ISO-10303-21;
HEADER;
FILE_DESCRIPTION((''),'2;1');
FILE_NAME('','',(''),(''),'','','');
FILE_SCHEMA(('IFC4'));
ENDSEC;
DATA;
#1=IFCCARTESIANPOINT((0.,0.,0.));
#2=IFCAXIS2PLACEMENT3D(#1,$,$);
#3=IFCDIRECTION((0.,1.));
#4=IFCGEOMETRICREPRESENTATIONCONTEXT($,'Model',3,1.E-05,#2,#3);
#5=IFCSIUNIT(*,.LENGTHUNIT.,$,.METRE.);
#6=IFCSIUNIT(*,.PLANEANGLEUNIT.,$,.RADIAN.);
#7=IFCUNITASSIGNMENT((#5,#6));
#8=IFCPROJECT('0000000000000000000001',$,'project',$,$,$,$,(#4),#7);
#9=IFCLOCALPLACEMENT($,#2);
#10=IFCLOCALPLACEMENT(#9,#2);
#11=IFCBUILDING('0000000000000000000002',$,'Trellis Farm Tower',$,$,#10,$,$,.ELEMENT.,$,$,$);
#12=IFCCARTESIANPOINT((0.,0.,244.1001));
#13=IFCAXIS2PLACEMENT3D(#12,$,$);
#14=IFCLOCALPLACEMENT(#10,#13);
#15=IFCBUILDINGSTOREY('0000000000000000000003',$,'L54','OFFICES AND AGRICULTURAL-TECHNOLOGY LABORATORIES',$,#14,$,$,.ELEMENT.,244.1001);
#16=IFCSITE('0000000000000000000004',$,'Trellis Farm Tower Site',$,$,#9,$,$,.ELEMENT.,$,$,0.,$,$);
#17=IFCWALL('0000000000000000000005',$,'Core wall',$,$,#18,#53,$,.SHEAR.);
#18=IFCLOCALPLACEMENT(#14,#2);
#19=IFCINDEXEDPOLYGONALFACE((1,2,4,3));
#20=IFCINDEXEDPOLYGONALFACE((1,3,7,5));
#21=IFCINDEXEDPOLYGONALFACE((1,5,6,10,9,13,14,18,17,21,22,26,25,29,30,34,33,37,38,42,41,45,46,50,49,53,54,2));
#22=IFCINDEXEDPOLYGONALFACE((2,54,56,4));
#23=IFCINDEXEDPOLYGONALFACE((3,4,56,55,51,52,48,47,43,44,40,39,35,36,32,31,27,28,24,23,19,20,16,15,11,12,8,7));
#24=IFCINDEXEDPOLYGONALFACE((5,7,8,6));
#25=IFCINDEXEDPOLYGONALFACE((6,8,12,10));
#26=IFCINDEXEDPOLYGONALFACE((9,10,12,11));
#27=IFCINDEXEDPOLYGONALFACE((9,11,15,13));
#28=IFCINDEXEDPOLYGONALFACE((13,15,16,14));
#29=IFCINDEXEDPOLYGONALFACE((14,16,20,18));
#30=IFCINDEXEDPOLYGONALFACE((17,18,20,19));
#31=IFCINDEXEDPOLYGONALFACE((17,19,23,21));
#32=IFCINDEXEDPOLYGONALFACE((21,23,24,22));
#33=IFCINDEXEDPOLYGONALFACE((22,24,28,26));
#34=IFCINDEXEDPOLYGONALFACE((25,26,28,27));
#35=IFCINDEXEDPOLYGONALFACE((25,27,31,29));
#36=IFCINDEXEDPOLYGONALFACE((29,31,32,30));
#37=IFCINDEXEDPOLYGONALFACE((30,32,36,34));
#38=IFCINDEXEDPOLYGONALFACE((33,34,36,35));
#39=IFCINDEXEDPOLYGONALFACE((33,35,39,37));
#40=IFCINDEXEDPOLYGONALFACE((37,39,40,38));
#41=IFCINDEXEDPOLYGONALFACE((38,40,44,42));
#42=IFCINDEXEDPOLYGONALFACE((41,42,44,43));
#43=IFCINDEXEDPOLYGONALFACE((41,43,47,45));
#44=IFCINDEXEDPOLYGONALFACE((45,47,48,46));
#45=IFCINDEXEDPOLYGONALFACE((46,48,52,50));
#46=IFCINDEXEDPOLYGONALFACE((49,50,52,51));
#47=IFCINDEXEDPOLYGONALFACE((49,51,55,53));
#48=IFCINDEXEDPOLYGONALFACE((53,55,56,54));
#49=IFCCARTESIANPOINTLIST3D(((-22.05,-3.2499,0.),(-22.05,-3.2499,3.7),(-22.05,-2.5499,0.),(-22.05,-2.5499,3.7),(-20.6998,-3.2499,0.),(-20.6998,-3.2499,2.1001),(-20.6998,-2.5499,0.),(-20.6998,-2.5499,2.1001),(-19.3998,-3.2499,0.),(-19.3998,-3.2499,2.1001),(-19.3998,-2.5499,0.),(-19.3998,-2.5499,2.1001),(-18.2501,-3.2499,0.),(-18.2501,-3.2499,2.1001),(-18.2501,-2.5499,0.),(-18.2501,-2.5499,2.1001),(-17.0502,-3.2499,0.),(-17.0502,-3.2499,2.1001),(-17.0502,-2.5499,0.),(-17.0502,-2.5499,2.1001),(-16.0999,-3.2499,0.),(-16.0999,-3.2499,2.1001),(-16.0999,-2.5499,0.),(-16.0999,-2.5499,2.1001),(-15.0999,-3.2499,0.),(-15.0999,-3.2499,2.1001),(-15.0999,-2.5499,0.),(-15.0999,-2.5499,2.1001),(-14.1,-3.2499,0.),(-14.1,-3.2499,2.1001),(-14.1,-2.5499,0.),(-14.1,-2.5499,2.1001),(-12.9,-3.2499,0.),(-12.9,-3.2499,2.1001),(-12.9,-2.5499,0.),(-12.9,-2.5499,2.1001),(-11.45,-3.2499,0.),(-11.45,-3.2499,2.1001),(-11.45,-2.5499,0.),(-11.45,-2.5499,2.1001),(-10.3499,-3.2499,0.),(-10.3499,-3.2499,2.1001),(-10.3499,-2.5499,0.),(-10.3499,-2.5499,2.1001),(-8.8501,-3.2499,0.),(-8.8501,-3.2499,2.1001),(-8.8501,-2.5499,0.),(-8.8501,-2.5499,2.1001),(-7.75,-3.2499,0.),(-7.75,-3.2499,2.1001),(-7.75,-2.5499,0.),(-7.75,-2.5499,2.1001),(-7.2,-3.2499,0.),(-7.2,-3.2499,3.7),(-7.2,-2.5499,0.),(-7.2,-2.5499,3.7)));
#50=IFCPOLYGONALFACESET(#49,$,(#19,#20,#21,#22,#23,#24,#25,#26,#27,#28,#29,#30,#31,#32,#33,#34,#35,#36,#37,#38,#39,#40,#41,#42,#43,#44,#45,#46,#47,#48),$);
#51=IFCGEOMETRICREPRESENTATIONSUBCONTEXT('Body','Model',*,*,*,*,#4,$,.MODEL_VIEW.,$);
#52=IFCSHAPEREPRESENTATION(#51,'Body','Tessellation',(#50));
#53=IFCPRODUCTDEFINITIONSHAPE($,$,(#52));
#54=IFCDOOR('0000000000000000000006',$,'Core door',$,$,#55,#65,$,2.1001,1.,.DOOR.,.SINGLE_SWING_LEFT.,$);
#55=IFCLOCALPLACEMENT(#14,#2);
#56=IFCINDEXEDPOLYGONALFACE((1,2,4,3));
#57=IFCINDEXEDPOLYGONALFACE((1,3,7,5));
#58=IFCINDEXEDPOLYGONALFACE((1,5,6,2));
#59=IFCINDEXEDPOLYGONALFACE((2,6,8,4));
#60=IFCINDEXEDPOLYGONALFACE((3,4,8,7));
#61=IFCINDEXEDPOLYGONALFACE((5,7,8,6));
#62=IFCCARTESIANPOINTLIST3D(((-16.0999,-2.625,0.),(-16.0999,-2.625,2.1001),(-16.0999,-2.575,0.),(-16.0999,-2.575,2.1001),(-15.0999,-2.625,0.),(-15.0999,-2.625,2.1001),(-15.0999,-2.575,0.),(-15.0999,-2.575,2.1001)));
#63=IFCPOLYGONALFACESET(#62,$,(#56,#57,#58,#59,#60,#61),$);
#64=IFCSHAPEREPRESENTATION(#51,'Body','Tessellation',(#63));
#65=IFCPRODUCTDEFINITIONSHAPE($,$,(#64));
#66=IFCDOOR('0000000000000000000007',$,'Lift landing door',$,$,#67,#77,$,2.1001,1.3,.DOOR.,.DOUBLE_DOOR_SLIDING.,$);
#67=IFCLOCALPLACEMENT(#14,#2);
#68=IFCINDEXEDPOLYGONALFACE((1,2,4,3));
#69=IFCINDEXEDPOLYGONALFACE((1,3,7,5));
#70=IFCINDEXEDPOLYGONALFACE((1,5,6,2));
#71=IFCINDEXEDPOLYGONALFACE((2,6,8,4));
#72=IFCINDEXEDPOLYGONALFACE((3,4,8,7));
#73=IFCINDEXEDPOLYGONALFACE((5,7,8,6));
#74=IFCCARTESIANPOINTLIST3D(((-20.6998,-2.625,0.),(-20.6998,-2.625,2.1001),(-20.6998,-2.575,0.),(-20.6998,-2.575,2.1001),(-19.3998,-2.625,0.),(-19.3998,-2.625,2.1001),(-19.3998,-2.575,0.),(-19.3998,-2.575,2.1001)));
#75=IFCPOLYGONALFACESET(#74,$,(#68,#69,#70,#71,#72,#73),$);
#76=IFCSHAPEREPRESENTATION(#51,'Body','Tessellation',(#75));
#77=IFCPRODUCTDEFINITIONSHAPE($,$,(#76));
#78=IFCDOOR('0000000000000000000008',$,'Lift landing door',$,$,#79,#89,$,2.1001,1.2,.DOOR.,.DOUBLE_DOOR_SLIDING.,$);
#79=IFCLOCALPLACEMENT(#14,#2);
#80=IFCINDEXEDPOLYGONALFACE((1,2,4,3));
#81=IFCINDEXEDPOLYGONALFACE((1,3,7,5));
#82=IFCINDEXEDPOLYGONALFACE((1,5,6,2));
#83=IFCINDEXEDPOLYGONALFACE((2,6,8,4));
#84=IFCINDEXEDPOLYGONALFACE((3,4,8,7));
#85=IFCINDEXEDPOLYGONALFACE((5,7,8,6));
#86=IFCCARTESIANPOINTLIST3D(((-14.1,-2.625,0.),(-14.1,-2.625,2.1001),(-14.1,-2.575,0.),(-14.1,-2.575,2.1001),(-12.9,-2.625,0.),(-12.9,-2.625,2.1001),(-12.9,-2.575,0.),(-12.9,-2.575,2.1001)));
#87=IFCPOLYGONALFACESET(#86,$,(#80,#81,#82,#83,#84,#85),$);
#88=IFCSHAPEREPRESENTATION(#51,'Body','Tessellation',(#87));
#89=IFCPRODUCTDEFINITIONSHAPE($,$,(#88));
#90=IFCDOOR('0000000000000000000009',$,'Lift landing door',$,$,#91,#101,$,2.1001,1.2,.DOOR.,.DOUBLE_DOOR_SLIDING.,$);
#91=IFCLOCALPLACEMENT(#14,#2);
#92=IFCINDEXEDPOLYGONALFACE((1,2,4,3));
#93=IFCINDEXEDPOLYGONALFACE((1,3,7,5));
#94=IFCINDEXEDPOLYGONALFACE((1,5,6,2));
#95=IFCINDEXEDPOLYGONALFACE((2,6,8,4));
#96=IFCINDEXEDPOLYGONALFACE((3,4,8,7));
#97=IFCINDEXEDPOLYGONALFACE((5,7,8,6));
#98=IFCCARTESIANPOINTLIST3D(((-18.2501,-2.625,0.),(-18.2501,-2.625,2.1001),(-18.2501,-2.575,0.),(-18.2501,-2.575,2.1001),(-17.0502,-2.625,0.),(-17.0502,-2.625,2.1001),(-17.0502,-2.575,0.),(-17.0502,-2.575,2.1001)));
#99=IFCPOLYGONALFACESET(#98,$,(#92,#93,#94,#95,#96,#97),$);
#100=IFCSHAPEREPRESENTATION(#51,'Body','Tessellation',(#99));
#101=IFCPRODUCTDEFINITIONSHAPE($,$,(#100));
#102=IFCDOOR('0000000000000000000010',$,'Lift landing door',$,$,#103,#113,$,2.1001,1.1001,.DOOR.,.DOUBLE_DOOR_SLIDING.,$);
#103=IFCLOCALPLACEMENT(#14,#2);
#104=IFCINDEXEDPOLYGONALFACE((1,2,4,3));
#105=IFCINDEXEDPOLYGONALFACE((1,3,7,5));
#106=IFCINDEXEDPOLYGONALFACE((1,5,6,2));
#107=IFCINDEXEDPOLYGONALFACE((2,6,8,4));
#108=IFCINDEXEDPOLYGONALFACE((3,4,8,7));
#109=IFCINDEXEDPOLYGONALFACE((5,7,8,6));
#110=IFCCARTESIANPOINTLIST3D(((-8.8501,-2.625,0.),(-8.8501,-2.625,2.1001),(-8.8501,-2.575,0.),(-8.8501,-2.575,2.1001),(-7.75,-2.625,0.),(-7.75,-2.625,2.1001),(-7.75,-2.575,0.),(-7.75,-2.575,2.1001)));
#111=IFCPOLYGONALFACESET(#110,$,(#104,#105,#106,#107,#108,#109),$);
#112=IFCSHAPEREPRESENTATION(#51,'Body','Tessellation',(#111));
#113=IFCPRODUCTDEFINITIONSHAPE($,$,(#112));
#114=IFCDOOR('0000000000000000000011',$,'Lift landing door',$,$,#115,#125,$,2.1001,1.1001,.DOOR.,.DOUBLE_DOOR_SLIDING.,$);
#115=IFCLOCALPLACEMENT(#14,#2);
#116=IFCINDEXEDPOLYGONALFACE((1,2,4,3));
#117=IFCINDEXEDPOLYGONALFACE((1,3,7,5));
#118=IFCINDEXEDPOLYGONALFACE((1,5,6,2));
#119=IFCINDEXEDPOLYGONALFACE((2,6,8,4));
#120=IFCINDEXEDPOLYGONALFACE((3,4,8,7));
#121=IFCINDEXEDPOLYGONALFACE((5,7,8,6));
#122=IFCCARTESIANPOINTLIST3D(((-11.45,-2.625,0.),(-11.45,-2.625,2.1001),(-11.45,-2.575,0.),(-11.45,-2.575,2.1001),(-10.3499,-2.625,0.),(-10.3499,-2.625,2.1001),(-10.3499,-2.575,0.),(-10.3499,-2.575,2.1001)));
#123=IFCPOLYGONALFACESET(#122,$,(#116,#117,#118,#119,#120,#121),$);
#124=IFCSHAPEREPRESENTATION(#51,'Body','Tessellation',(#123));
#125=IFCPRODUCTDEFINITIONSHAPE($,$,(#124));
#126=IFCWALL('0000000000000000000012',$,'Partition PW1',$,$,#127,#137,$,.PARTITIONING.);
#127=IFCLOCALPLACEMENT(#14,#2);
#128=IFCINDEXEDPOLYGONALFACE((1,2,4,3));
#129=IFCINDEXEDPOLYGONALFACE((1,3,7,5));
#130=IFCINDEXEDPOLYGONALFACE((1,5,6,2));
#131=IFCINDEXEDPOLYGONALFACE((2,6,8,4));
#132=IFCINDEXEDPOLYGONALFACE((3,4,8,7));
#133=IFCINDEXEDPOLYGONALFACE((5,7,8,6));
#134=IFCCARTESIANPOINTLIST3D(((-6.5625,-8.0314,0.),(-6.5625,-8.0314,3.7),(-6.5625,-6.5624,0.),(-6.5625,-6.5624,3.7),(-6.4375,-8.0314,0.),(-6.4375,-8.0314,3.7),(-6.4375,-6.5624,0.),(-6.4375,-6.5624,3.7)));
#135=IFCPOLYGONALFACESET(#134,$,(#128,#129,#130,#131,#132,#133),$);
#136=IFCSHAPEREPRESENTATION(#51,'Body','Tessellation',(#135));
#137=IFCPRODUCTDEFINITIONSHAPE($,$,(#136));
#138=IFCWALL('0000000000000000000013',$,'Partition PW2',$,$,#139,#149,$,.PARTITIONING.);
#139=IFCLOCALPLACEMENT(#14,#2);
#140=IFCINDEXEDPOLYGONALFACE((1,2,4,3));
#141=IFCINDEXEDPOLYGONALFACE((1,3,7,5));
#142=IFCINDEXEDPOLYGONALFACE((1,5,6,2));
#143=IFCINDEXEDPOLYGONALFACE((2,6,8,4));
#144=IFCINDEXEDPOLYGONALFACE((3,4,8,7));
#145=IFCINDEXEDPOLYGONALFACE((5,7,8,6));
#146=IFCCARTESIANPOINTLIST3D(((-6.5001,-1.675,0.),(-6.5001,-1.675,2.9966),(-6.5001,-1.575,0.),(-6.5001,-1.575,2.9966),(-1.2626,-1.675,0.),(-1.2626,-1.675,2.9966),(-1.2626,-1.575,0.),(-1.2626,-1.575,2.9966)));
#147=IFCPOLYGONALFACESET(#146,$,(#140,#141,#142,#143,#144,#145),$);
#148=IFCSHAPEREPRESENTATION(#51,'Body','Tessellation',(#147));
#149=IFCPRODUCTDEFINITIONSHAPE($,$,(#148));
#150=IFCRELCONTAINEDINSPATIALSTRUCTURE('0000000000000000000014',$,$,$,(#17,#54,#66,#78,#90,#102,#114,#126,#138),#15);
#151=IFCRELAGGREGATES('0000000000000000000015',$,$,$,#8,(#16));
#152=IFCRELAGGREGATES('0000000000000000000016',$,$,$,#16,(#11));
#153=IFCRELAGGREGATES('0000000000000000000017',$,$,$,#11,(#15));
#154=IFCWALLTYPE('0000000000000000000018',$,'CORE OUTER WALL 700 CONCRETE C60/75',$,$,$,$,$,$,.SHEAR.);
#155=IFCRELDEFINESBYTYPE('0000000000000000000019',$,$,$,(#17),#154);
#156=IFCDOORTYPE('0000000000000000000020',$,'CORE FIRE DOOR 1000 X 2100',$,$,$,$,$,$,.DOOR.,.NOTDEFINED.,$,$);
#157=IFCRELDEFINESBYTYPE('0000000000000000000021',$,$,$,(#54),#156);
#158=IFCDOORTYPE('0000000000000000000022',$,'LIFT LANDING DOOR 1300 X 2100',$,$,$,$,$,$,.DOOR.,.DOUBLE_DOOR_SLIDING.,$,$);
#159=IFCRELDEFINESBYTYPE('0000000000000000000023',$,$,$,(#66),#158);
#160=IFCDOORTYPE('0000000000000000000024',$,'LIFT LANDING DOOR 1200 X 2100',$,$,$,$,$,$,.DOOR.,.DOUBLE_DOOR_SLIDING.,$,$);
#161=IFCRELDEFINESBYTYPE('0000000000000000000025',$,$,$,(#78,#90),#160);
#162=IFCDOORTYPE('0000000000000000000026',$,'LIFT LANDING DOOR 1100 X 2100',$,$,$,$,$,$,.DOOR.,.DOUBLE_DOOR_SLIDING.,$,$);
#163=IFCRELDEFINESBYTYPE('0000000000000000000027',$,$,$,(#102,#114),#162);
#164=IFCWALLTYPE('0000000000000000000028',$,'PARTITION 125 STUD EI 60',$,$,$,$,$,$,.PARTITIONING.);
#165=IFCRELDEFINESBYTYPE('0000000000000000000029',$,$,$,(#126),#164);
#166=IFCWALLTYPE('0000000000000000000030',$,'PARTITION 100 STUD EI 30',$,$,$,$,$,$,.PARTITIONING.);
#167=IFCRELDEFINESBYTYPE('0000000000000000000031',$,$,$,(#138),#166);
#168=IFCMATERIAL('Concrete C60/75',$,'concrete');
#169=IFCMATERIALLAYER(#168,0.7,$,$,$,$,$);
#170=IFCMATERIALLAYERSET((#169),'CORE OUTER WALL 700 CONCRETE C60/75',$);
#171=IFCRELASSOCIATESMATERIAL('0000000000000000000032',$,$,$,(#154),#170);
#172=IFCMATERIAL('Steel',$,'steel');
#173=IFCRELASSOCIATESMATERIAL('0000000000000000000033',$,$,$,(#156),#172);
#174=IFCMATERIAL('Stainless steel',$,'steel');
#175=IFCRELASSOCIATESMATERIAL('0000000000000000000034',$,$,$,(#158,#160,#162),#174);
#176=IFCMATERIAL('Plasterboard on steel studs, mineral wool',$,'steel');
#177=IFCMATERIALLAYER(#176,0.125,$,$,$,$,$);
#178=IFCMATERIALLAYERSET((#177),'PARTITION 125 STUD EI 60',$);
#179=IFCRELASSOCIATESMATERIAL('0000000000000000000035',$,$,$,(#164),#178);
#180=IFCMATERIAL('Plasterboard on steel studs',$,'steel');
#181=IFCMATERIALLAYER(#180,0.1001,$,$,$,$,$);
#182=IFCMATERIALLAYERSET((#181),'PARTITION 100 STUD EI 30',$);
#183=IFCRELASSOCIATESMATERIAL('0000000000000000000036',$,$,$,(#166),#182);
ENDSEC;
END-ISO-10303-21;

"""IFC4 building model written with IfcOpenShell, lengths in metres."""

from ifc_helpers import new_model, si_unit, direction, frame, frame_2d, origin, place, context, subcontext, project, spatial, rectangle, extrude, source, transform, mapped, material, layer, layer_set, type_object, element, fill, save


model = new_model("IFC4")

# Units and contexts
model_context = context("Model", 3, precision=1e-05, world=origin(), true_north=direction((0.0, 1.0)))
body_context = subcontext(model_context, "Body", "Model", "MODEL_VIEW")
ifc_project = project(units=[si_unit("LENGTHUNIT", "METRE"), si_unit("PLANEANGLEUNIT", "RADIAN")], contexts=[model_context])

# Site, building, storey
site_placement = place(None, origin())
site = spatial("IfcSite", under=ifc_project, at=site_placement, Name="Trellis Farm Tower Site", CompositionType="ELEMENT", RefElevation=0.0)
building_placement = place(site_placement, origin())
building = spatial("IfcBuilding", under=site, at=building_placement, Name="Trellis Farm Tower", CompositionType="ELEMENT")
storey_placement = place(building_placement, frame((0.0, 0.0, 244.1001)))
storey = spatial("IfcBuildingStorey", under=building, at=storey_placement, Name="L54", Description="OFFICES AND AGRICULTURAL-TECHNOLOGY LABORATORIES", CompositionType="ELEMENT", Elevation=244.1001)

# Shared definitions
ifc_material_1 = material(Name="Concrete C60/75", Category="concrete")

# Wall, openings, doors
ifc_layer_1 = layer(ifc_material_1, 0.7)
ifc_layer_set_1 = layer_set([ifc_layer_1], Name="CORE OUTER WALL 700 CONCRETE C60/75")
wall_type_1 = type_object("IfcWallType", Name="CORE OUTER WALL 700 CONCRETE C60/75", PredefinedType="SHEAR", material=ifc_layer_set_1)
shared_shape_1 = source(origin(), body_context, "Body", "SweptSolid", [
    extrude(rectangle(XDim=14.8501, YDim=0.7, at=frame_2d((7.425, 0.0))), origin(), (0.0, 0.0, 1.0), 3.7),
])
wall_1_placement = place(storey_placement, frame((-7.2, -2.8999, 0.0), z_axis=(0.0, 0.0, 1.0), x_axis=(-1.0, 0.0, 0.0)))
wall_1 = element("IfcWall", 1, at=wall_1_placement, inside=storey, type_object=wall_type_1, Name="Core wall", PredefinedType="SHEAR", context=body_context, shape_type="MappedRepresentation", body=[
    mapped(shared_shape_1, transform((0.0, 0.0, 0.0))),
])
shared_shape_2 = source(origin(), body_context, "Body", "SweptSolid", [
    extrude(rectangle(XDim=1.1001, YDim=2.1001, at=frame_2d((0.55, 1.05))), frame((0.0, 0.3601, 0.0), z_axis=(0.0, -1.0, 0.0), x_axis=(1.0, 0.0, 0.0)), (0.0, 0.0, 1.0), 0.7202),
])
opening_1_placement = place(wall_1_placement, frame((0.55, 0.0, 0.0)))
opening_1 = element("IfcOpeningElement", 2, at=opening_1_placement, cuts=wall_1, PredefinedType="OPENING", context=body_context, shape_type="MappedRepresentation", body=[
    mapped(shared_shape_2, transform((0.0, 0.0, 0.0))),
])
opening_2_placement = place(wall_1_placement, frame((3.1499, 0.0, 0.0)))
opening_2 = element("IfcOpeningElement", 3, at=opening_2_placement, cuts=wall_1, PredefinedType="OPENING", context=body_context, shape_type="MappedRepresentation", body=[
    mapped(shared_shape_2, transform((0.0, 0.0, 0.0))),
])
shared_shape_3 = source(origin(), body_context, "Body", "SweptSolid", [
    extrude(rectangle(XDim=1.2, YDim=2.1001, at=frame_2d((0.6001, 1.05))), frame((0.0, 0.3601, 0.0), z_axis=(0.0, -1.0, 0.0), x_axis=(1.0, 0.0, 0.0)), (0.0, 0.0, 1.0), 0.7202),
])
opening_3_placement = place(wall_1_placement, frame((5.7, 0.0, 0.0)))
opening_3 = element("IfcOpeningElement", 4, at=opening_3_placement, cuts=wall_1, PredefinedType="OPENING", context=body_context, shape_type="MappedRepresentation", body=[
    mapped(shared_shape_3, transform((0.0, 0.0, 0.0))),
])
shared_shape_4 = source(origin(), body_context, "Body", "SweptSolid", [
    extrude(rectangle(XDim=1.3, YDim=2.1001, at=frame_2d((0.6499, 1.05))), frame((0.0, 0.3601, 0.0), z_axis=(0.0, -1.0, 0.0), x_axis=(1.0, 0.0, 0.0)), (0.0, 0.0, 1.0), 0.7202),
])
opening_4_placement = place(wall_1_placement, frame((12.2, 0.0, 0.0)))
opening_4 = element("IfcOpeningElement", 5, at=opening_4_placement, cuts=wall_1, PredefinedType="OPENING", context=body_context, shape_type="MappedRepresentation", body=[
    mapped(shared_shape_4, transform((0.0, 0.0, 0.0))),
])
opening_5_placement = place(wall_1_placement, frame((9.8501, 0.0, 0.0)))
opening_5 = element("IfcOpeningElement", 6, at=opening_5_placement, cuts=wall_1, PredefinedType="OPENING", context=body_context, shape_type="MappedRepresentation", body=[
    mapped(shared_shape_3, transform((0.0, 0.0, 0.0))),
])
shared_shape_5 = source(origin(), body_context, "Body", "SweptSolid", [
    extrude(rectangle(XDim=1.0, YDim=2.1001, at=frame_2d((0.5, 1.05))), frame((0.0, 0.3601, 0.0), z_axis=(0.0, -1.0, 0.0), x_axis=(1.0, 0.0, 0.0)), (0.0, 0.0, 1.0), 0.7202),
])
opening_6_placement = place(wall_1_placement, frame((7.8999, 0.0, 0.0)))
opening_6 = element("IfcOpeningElement", 7, at=opening_6_placement, cuts=wall_1, PredefinedType="OPENING", context=body_context, shape_type="MappedRepresentation", body=[
    mapped(shared_shape_5, transform((0.0, 0.0, 0.0))),
])
ifc_material_2 = material(Name="Steel", Category="steel")
door_type_1 = type_object("IfcDoorType", Name="CORE FIRE DOOR 1000 X 2100", OperationType="NOTDEFINED", PredefinedType="DOOR", material=ifc_material_2)
shared_shape_6 = source(origin(), body_context, "Body", "SweptSolid", [
    extrude(rectangle(XDim=1.0, YDim=2.1001, at=frame_2d((0.5, 1.05))), frame((0.0, -0.2749, 0.0), z_axis=(0.0, -1.0, 0.0), x_axis=(1.0, 0.0, 0.0)), (0.0, 0.0, 1.0), 0.05),
])
door_1_placement = place(opening_6_placement, origin())
door_1 = element("IfcDoor", 8, at=door_1_placement, inside=storey, type_object=door_type_1, Name="Core door", OperationType="SINGLE_SWING_LEFT", OverallHeight=2.1001, OverallWidth=1.0, PredefinedType="DOOR", context=body_context, shape_type="MappedRepresentation", body=[
    mapped(shared_shape_6, transform((0.0, 0.0, 0.0))),
])
fill(opening_6, door_1)
ifc_material_3 = material(Name="Stainless steel", Category="steel")
door_type_2 = type_object("IfcDoorType", Name="LIFT LANDING DOOR 1300 X 2100", OperationType="DOUBLE_DOOR_SLIDING", PredefinedType="DOOR", material=ifc_material_3)
shared_shape_7 = source(origin(), body_context, "Body", "SweptSolid", [
    extrude(rectangle(XDim=1.3, YDim=2.1001, at=frame_2d((0.6499, 1.05))), frame((0.0, -0.2749, 0.0), z_axis=(0.0, -1.0, 0.0), x_axis=(1.0, 0.0, 0.0)), (0.0, 0.0, 1.0), 0.05),
])
door_2_placement = place(opening_4_placement, origin())
door_2 = element("IfcDoor", 9, at=door_2_placement, inside=storey, type_object=door_type_2, Name="Lift landing door", OperationType="DOUBLE_DOOR_SLIDING", OverallHeight=2.1001, OverallWidth=1.3, PredefinedType="DOOR", context=body_context, shape_type="MappedRepresentation", body=[
    mapped(shared_shape_7, transform((0.0, 0.0, 0.0))),
])
fill(opening_4, door_2)
door_type_3 = type_object("IfcDoorType", Name="LIFT LANDING DOOR 1200 X 2100", OperationType="DOUBLE_DOOR_SLIDING", PredefinedType="DOOR", material=ifc_material_3)
shared_shape_8 = source(origin(), body_context, "Body", "SweptSolid", [
    extrude(rectangle(XDim=1.2, YDim=2.1001, at=frame_2d((0.6001, 1.05))), frame((0.0, -0.2749, 0.0), z_axis=(0.0, -1.0, 0.0), x_axis=(1.0, 0.0, 0.0)), (0.0, 0.0, 1.0), 0.05),
])
door_3_placement = place(opening_3_placement, origin())
door_3 = element("IfcDoor", 10, at=door_3_placement, inside=storey, type_object=door_type_3, Name="Lift landing door", OperationType="DOUBLE_DOOR_SLIDING", OverallHeight=2.1001, OverallWidth=1.2, PredefinedType="DOOR", context=body_context, shape_type="MappedRepresentation", body=[
    mapped(shared_shape_8, transform((0.0, 0.0, 0.0))),
])
fill(opening_3, door_3)
door_4_placement = place(opening_5_placement, origin())
door_4 = element("IfcDoor", 11, at=door_4_placement, inside=storey, type_object=door_type_3, Name="Lift landing door", OperationType="DOUBLE_DOOR_SLIDING", OverallHeight=2.1001, OverallWidth=1.2, PredefinedType="DOOR", context=body_context, shape_type="MappedRepresentation", body=[
    mapped(shared_shape_8, transform((0.0, 0.0, 0.0))),
])
fill(opening_5, door_4)
door_type_4 = type_object("IfcDoorType", Name="LIFT LANDING DOOR 1100 X 2100", OperationType="DOUBLE_DOOR_SLIDING", PredefinedType="DOOR", material=ifc_material_3)
shared_shape_9 = source(origin(), body_context, "Body", "SweptSolid", [
    extrude(rectangle(XDim=1.1001, YDim=2.1001, at=frame_2d((0.55, 1.05))), frame((0.0, -0.2749, 0.0), z_axis=(0.0, -1.0, 0.0), x_axis=(1.0, 0.0, 0.0)), (0.0, 0.0, 1.0), 0.05),
])
door_5_placement = place(opening_1_placement, origin())
door_5 = element("IfcDoor", 12, at=door_5_placement, inside=storey, type_object=door_type_4, Name="Lift landing door", OperationType="DOUBLE_DOOR_SLIDING", OverallHeight=2.1001, OverallWidth=1.1001, PredefinedType="DOOR", context=body_context, shape_type="MappedRepresentation", body=[
    mapped(shared_shape_9, transform((0.0, 0.0, 0.0))),
])
fill(opening_1, door_5)
door_6_placement = place(opening_2_placement, origin())
door_6 = element("IfcDoor", 13, at=door_6_placement, inside=storey, type_object=door_type_4, Name="Lift landing door", OperationType="DOUBLE_DOOR_SLIDING", OverallHeight=2.1001, OverallWidth=1.1001, PredefinedType="DOOR", context=body_context, shape_type="MappedRepresentation", body=[
    mapped(shared_shape_9, transform((0.0, 0.0, 0.0))),
])
fill(opening_2, door_6)

# Walls
ifc_material_4 = material(Name="Plasterboard on steel studs, mineral wool", Category="steel")
ifc_layer_2 = layer(ifc_material_4, 0.125)
ifc_layer_set_2 = layer_set([ifc_layer_2], Name="PARTITION 125 STUD EI 60")
wall_type_2 = type_object("IfcWallType", Name="PARTITION 125 STUD EI 60", PredefinedType="PARTITIONING", material=ifc_layer_set_2)
shared_shape_10 = source(origin(), body_context, "Body", "SweptSolid", [
    extrude(rectangle(XDim=1.469, YDim=0.125, at=frame_2d((0.7344, 0.0))), origin(), (0.0, 0.0, 1.0), 3.7),
])
wall_2_placement = place(storey_placement, frame((-6.5, -6.5625, 0.0), z_axis=(0.0, 0.0, 1.0), x_axis=(0.0, -1.0, 0.0)))
element("IfcWall", 14, at=wall_2_placement, inside=storey, type_object=wall_type_2, Name="Partition PW1", PredefinedType="PARTITIONING", context=body_context, shape_type="MappedRepresentation", body=[
    mapped(shared_shape_10, transform((0.0, 0.0, 0.0))),
])
ifc_material_5 = material(Name="Plasterboard on steel studs", Category="steel")
ifc_layer_3 = layer(ifc_material_5, 0.1001)
ifc_layer_set_3 = layer_set([ifc_layer_3], Name="PARTITION 100 STUD EI 30")
wall_type_3 = type_object("IfcWallType", Name="PARTITION 100 STUD EI 30", PredefinedType="PARTITIONING", material=ifc_layer_set_3)
shared_shape_11 = source(origin(), body_context, "Body", "SweptSolid", [
    extrude(rectangle(XDim=5.2375, YDim=0.1001, at=frame_2d((2.6187, 0.0))), origin(), (0.0, 0.0, 1.0), 2.9966),
])
wall_3_placement = place(storey_placement, frame((-6.5, -1.625, 0.0), z_axis=(0.0, 0.0, 1.0), x_axis=(1.0, 0.0, 0.0)))
element("IfcWall", 15, at=wall_3_placement, inside=storey, type_object=wall_type_3, Name="Partition PW2", PredefinedType="PARTITIONING", context=body_context, shape_type="MappedRepresentation", body=[
    mapped(shared_shape_11, transform((0.0, 0.0, 0.0))),
])

save(model, "model.ifc")
